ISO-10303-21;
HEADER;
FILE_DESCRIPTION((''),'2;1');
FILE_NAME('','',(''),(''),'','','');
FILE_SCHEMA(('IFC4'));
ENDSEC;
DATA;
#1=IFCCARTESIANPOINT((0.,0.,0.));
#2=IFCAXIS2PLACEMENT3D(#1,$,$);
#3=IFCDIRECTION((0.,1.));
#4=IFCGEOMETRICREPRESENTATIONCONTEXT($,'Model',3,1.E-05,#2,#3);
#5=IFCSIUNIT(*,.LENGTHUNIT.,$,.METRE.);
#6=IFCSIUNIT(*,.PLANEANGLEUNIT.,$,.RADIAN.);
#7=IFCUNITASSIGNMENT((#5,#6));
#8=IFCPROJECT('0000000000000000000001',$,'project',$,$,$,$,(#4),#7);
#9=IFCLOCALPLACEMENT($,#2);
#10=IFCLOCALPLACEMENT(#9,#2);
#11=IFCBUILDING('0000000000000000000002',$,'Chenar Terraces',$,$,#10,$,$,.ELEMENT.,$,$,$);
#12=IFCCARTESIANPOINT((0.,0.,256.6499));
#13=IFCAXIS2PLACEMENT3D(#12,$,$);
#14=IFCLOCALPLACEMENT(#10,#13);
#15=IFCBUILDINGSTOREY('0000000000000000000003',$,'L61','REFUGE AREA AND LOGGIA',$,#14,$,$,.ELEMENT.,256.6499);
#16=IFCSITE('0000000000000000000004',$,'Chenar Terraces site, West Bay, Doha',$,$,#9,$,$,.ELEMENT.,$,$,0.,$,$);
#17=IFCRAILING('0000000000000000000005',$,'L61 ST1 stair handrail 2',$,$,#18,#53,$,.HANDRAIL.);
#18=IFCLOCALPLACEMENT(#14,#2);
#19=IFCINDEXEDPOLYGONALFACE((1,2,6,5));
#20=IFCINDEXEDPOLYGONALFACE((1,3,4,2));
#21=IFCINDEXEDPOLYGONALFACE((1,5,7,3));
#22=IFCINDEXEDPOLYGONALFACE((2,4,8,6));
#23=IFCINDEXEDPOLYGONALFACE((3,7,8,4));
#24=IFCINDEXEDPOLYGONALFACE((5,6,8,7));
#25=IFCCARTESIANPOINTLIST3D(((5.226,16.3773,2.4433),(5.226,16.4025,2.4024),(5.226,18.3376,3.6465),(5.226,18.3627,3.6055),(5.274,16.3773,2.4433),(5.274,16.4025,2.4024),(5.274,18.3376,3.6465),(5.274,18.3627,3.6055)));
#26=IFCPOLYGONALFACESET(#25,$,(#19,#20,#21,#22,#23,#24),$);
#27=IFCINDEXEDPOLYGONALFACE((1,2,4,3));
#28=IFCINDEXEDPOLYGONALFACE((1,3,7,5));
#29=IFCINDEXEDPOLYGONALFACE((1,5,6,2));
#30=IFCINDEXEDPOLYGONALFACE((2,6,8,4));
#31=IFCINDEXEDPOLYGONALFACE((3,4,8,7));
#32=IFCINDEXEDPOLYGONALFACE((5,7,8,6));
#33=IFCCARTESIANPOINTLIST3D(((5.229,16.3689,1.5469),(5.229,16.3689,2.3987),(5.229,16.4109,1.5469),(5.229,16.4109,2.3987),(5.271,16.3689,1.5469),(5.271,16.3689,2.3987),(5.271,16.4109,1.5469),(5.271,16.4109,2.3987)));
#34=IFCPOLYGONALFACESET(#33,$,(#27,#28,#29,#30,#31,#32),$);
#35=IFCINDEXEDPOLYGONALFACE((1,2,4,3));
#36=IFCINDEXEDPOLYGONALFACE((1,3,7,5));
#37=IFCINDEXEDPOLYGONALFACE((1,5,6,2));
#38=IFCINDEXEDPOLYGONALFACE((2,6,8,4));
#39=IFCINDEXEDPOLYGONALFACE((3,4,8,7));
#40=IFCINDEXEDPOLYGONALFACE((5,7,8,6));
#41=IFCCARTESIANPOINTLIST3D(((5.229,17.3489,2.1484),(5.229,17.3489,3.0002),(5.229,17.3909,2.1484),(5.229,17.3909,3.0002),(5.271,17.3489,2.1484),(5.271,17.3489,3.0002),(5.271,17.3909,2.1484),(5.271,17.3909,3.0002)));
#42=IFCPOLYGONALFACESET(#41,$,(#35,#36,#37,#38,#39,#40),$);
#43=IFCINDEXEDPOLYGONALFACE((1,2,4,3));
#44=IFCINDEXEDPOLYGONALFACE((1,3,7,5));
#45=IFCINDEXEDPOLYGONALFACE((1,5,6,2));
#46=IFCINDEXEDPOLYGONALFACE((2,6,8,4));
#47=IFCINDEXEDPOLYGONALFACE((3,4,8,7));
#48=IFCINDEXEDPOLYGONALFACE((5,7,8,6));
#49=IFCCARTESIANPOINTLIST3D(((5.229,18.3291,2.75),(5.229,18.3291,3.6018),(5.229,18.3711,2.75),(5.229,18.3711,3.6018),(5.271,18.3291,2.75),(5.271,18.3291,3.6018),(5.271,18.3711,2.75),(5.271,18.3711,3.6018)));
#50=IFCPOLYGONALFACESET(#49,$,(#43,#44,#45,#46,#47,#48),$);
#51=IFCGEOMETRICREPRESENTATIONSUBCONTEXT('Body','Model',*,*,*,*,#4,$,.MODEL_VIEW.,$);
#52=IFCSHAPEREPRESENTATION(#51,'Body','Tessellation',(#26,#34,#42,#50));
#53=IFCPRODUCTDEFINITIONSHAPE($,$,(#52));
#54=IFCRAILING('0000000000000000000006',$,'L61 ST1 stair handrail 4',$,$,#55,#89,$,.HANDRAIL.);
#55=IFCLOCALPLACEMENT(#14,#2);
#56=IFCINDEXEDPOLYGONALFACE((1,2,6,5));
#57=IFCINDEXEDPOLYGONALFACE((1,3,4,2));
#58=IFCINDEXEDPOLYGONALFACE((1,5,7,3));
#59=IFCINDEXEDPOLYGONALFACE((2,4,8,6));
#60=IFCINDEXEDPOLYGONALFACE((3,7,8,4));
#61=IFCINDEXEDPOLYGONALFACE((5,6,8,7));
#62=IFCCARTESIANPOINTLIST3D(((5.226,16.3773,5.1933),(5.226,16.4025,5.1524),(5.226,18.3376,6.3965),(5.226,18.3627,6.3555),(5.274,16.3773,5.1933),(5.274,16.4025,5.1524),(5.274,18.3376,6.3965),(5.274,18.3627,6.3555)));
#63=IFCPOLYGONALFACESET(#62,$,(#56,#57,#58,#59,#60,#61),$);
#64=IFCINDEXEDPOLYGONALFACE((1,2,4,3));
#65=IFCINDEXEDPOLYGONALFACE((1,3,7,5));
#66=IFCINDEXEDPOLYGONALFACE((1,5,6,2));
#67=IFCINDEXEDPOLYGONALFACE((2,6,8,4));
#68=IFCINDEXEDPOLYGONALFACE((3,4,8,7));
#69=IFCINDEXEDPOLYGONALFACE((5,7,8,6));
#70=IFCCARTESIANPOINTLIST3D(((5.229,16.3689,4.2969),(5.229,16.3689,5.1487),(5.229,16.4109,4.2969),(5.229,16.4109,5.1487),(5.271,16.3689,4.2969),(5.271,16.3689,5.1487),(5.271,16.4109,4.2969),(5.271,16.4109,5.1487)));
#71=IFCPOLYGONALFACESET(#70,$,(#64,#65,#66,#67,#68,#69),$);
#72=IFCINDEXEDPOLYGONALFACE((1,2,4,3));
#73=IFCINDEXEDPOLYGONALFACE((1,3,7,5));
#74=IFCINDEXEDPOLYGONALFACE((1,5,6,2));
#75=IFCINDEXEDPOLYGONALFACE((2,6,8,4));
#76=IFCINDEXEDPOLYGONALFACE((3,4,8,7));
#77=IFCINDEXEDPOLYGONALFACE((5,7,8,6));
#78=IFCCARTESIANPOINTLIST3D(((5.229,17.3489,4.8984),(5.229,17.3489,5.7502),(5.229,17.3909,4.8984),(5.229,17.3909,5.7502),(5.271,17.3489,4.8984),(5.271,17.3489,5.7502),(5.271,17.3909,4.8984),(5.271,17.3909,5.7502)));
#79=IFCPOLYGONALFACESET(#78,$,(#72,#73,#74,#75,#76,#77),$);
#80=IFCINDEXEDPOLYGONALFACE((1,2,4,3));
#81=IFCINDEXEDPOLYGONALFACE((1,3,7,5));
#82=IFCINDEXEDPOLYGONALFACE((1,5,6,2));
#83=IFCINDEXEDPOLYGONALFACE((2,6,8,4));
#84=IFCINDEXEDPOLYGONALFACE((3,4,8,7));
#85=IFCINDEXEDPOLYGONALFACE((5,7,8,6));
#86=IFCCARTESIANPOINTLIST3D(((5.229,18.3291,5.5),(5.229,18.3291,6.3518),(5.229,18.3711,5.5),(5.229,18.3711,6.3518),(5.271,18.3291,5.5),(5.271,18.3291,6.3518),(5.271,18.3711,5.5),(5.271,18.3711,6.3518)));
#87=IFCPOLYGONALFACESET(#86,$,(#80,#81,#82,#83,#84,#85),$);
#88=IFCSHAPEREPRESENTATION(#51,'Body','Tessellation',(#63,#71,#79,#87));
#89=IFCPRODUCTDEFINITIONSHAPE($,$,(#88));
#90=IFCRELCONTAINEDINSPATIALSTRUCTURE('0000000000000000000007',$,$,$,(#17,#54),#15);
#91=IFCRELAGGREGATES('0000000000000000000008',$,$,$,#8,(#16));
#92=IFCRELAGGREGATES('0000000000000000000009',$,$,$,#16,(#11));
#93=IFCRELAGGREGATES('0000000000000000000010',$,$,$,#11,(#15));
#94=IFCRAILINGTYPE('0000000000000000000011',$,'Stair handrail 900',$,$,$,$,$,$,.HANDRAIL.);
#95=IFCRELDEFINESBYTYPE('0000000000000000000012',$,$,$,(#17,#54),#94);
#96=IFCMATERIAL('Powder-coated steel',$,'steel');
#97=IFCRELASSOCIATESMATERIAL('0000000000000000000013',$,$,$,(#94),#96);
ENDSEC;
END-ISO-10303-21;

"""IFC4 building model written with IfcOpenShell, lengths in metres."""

from ifc_helpers import new_model, si_unit, direction, frame, origin, origin_2d, place, context, subcontext, project, spatial, rectangle, extrude, material, type_object, element, save


model = new_model("IFC4")

# Units and contexts
model_context = context("Model", 3, precision=1e-05, world=origin(), true_north=direction((0.0, 1.0)))
body_context = subcontext(model_context, "Body", "Model", "MODEL_VIEW")
ifc_project = project(units=[si_unit("LENGTHUNIT", "METRE"), si_unit("PLANEANGLEUNIT", "RADIAN")], contexts=[model_context])

# Site, building, storey
site_placement = place(None, origin())
site = spatial("IfcSite", under=ifc_project, at=site_placement, Name="Chenar Terraces site, West Bay, Doha", CompositionType="ELEMENT", RefElevation=0.0)
building_placement = place(site_placement, origin())
building = spatial("IfcBuilding", under=site, at=building_placement, Name="Chenar Terraces", CompositionType="ELEMENT")
storey_placement = place(building_placement, frame((0.0, 0.0, 256.6499)))
storey = spatial("IfcBuildingStorey", under=building, at=storey_placement, Name="L61", Description="REFUGE AREA AND LOGGIA", CompositionType="ELEMENT", Elevation=256.6499)

# Railings
ifc_material_1 = material(Name="Powder-coated steel", Category="steel")
railing_type = type_object("IfcRailingType", Name="Stair handrail 900", PredefinedType="HANDRAIL", material=ifc_material_1)
for number, where, name in (
    (1, (5.25, 16.3899, 1.5469), "L61 ST1 stair handrail 2"),
    (2, (5.25, 16.3899, 4.2969), "L61 ST1 stair handrail 4"),
):
    element("IfcRailing", number, at=place(storey_placement, frame(where)), inside=storey, type_object=railing_type, Name=name, PredefinedType="HANDRAIL", context=body_context, shape_type="SweptSolid", body=[
        extrude(rectangle(XDim=0.0481, YDim=0.0481, at=origin_2d()), frame((0.0, 0.0, 0.876), z_axis=(0.0, 0.85227, 0.523102), x_axis=(-1.0, 0.0, 0.0)), (0.0, 0.0, 1.0), 2.3),
        extrude(rectangle(XDim=0.042, YDim=0.042, at=origin_2d()), origin(), (0.0, 0.0, 1.0), 0.8518),
        extrude(rectangle(XDim=0.042, YDim=0.042, at=origin_2d()), frame((0.0, 0.98, 0.6016)), (0.0, 0.0, 1.0), 0.8518),
        extrude(rectangle(XDim=0.042, YDim=0.042, at=origin_2d()), frame((0.0, 1.9602, 1.2031)), (0.0, 0.0, 1.0), 0.8518),
    ])

save(model, "model.ifc")
